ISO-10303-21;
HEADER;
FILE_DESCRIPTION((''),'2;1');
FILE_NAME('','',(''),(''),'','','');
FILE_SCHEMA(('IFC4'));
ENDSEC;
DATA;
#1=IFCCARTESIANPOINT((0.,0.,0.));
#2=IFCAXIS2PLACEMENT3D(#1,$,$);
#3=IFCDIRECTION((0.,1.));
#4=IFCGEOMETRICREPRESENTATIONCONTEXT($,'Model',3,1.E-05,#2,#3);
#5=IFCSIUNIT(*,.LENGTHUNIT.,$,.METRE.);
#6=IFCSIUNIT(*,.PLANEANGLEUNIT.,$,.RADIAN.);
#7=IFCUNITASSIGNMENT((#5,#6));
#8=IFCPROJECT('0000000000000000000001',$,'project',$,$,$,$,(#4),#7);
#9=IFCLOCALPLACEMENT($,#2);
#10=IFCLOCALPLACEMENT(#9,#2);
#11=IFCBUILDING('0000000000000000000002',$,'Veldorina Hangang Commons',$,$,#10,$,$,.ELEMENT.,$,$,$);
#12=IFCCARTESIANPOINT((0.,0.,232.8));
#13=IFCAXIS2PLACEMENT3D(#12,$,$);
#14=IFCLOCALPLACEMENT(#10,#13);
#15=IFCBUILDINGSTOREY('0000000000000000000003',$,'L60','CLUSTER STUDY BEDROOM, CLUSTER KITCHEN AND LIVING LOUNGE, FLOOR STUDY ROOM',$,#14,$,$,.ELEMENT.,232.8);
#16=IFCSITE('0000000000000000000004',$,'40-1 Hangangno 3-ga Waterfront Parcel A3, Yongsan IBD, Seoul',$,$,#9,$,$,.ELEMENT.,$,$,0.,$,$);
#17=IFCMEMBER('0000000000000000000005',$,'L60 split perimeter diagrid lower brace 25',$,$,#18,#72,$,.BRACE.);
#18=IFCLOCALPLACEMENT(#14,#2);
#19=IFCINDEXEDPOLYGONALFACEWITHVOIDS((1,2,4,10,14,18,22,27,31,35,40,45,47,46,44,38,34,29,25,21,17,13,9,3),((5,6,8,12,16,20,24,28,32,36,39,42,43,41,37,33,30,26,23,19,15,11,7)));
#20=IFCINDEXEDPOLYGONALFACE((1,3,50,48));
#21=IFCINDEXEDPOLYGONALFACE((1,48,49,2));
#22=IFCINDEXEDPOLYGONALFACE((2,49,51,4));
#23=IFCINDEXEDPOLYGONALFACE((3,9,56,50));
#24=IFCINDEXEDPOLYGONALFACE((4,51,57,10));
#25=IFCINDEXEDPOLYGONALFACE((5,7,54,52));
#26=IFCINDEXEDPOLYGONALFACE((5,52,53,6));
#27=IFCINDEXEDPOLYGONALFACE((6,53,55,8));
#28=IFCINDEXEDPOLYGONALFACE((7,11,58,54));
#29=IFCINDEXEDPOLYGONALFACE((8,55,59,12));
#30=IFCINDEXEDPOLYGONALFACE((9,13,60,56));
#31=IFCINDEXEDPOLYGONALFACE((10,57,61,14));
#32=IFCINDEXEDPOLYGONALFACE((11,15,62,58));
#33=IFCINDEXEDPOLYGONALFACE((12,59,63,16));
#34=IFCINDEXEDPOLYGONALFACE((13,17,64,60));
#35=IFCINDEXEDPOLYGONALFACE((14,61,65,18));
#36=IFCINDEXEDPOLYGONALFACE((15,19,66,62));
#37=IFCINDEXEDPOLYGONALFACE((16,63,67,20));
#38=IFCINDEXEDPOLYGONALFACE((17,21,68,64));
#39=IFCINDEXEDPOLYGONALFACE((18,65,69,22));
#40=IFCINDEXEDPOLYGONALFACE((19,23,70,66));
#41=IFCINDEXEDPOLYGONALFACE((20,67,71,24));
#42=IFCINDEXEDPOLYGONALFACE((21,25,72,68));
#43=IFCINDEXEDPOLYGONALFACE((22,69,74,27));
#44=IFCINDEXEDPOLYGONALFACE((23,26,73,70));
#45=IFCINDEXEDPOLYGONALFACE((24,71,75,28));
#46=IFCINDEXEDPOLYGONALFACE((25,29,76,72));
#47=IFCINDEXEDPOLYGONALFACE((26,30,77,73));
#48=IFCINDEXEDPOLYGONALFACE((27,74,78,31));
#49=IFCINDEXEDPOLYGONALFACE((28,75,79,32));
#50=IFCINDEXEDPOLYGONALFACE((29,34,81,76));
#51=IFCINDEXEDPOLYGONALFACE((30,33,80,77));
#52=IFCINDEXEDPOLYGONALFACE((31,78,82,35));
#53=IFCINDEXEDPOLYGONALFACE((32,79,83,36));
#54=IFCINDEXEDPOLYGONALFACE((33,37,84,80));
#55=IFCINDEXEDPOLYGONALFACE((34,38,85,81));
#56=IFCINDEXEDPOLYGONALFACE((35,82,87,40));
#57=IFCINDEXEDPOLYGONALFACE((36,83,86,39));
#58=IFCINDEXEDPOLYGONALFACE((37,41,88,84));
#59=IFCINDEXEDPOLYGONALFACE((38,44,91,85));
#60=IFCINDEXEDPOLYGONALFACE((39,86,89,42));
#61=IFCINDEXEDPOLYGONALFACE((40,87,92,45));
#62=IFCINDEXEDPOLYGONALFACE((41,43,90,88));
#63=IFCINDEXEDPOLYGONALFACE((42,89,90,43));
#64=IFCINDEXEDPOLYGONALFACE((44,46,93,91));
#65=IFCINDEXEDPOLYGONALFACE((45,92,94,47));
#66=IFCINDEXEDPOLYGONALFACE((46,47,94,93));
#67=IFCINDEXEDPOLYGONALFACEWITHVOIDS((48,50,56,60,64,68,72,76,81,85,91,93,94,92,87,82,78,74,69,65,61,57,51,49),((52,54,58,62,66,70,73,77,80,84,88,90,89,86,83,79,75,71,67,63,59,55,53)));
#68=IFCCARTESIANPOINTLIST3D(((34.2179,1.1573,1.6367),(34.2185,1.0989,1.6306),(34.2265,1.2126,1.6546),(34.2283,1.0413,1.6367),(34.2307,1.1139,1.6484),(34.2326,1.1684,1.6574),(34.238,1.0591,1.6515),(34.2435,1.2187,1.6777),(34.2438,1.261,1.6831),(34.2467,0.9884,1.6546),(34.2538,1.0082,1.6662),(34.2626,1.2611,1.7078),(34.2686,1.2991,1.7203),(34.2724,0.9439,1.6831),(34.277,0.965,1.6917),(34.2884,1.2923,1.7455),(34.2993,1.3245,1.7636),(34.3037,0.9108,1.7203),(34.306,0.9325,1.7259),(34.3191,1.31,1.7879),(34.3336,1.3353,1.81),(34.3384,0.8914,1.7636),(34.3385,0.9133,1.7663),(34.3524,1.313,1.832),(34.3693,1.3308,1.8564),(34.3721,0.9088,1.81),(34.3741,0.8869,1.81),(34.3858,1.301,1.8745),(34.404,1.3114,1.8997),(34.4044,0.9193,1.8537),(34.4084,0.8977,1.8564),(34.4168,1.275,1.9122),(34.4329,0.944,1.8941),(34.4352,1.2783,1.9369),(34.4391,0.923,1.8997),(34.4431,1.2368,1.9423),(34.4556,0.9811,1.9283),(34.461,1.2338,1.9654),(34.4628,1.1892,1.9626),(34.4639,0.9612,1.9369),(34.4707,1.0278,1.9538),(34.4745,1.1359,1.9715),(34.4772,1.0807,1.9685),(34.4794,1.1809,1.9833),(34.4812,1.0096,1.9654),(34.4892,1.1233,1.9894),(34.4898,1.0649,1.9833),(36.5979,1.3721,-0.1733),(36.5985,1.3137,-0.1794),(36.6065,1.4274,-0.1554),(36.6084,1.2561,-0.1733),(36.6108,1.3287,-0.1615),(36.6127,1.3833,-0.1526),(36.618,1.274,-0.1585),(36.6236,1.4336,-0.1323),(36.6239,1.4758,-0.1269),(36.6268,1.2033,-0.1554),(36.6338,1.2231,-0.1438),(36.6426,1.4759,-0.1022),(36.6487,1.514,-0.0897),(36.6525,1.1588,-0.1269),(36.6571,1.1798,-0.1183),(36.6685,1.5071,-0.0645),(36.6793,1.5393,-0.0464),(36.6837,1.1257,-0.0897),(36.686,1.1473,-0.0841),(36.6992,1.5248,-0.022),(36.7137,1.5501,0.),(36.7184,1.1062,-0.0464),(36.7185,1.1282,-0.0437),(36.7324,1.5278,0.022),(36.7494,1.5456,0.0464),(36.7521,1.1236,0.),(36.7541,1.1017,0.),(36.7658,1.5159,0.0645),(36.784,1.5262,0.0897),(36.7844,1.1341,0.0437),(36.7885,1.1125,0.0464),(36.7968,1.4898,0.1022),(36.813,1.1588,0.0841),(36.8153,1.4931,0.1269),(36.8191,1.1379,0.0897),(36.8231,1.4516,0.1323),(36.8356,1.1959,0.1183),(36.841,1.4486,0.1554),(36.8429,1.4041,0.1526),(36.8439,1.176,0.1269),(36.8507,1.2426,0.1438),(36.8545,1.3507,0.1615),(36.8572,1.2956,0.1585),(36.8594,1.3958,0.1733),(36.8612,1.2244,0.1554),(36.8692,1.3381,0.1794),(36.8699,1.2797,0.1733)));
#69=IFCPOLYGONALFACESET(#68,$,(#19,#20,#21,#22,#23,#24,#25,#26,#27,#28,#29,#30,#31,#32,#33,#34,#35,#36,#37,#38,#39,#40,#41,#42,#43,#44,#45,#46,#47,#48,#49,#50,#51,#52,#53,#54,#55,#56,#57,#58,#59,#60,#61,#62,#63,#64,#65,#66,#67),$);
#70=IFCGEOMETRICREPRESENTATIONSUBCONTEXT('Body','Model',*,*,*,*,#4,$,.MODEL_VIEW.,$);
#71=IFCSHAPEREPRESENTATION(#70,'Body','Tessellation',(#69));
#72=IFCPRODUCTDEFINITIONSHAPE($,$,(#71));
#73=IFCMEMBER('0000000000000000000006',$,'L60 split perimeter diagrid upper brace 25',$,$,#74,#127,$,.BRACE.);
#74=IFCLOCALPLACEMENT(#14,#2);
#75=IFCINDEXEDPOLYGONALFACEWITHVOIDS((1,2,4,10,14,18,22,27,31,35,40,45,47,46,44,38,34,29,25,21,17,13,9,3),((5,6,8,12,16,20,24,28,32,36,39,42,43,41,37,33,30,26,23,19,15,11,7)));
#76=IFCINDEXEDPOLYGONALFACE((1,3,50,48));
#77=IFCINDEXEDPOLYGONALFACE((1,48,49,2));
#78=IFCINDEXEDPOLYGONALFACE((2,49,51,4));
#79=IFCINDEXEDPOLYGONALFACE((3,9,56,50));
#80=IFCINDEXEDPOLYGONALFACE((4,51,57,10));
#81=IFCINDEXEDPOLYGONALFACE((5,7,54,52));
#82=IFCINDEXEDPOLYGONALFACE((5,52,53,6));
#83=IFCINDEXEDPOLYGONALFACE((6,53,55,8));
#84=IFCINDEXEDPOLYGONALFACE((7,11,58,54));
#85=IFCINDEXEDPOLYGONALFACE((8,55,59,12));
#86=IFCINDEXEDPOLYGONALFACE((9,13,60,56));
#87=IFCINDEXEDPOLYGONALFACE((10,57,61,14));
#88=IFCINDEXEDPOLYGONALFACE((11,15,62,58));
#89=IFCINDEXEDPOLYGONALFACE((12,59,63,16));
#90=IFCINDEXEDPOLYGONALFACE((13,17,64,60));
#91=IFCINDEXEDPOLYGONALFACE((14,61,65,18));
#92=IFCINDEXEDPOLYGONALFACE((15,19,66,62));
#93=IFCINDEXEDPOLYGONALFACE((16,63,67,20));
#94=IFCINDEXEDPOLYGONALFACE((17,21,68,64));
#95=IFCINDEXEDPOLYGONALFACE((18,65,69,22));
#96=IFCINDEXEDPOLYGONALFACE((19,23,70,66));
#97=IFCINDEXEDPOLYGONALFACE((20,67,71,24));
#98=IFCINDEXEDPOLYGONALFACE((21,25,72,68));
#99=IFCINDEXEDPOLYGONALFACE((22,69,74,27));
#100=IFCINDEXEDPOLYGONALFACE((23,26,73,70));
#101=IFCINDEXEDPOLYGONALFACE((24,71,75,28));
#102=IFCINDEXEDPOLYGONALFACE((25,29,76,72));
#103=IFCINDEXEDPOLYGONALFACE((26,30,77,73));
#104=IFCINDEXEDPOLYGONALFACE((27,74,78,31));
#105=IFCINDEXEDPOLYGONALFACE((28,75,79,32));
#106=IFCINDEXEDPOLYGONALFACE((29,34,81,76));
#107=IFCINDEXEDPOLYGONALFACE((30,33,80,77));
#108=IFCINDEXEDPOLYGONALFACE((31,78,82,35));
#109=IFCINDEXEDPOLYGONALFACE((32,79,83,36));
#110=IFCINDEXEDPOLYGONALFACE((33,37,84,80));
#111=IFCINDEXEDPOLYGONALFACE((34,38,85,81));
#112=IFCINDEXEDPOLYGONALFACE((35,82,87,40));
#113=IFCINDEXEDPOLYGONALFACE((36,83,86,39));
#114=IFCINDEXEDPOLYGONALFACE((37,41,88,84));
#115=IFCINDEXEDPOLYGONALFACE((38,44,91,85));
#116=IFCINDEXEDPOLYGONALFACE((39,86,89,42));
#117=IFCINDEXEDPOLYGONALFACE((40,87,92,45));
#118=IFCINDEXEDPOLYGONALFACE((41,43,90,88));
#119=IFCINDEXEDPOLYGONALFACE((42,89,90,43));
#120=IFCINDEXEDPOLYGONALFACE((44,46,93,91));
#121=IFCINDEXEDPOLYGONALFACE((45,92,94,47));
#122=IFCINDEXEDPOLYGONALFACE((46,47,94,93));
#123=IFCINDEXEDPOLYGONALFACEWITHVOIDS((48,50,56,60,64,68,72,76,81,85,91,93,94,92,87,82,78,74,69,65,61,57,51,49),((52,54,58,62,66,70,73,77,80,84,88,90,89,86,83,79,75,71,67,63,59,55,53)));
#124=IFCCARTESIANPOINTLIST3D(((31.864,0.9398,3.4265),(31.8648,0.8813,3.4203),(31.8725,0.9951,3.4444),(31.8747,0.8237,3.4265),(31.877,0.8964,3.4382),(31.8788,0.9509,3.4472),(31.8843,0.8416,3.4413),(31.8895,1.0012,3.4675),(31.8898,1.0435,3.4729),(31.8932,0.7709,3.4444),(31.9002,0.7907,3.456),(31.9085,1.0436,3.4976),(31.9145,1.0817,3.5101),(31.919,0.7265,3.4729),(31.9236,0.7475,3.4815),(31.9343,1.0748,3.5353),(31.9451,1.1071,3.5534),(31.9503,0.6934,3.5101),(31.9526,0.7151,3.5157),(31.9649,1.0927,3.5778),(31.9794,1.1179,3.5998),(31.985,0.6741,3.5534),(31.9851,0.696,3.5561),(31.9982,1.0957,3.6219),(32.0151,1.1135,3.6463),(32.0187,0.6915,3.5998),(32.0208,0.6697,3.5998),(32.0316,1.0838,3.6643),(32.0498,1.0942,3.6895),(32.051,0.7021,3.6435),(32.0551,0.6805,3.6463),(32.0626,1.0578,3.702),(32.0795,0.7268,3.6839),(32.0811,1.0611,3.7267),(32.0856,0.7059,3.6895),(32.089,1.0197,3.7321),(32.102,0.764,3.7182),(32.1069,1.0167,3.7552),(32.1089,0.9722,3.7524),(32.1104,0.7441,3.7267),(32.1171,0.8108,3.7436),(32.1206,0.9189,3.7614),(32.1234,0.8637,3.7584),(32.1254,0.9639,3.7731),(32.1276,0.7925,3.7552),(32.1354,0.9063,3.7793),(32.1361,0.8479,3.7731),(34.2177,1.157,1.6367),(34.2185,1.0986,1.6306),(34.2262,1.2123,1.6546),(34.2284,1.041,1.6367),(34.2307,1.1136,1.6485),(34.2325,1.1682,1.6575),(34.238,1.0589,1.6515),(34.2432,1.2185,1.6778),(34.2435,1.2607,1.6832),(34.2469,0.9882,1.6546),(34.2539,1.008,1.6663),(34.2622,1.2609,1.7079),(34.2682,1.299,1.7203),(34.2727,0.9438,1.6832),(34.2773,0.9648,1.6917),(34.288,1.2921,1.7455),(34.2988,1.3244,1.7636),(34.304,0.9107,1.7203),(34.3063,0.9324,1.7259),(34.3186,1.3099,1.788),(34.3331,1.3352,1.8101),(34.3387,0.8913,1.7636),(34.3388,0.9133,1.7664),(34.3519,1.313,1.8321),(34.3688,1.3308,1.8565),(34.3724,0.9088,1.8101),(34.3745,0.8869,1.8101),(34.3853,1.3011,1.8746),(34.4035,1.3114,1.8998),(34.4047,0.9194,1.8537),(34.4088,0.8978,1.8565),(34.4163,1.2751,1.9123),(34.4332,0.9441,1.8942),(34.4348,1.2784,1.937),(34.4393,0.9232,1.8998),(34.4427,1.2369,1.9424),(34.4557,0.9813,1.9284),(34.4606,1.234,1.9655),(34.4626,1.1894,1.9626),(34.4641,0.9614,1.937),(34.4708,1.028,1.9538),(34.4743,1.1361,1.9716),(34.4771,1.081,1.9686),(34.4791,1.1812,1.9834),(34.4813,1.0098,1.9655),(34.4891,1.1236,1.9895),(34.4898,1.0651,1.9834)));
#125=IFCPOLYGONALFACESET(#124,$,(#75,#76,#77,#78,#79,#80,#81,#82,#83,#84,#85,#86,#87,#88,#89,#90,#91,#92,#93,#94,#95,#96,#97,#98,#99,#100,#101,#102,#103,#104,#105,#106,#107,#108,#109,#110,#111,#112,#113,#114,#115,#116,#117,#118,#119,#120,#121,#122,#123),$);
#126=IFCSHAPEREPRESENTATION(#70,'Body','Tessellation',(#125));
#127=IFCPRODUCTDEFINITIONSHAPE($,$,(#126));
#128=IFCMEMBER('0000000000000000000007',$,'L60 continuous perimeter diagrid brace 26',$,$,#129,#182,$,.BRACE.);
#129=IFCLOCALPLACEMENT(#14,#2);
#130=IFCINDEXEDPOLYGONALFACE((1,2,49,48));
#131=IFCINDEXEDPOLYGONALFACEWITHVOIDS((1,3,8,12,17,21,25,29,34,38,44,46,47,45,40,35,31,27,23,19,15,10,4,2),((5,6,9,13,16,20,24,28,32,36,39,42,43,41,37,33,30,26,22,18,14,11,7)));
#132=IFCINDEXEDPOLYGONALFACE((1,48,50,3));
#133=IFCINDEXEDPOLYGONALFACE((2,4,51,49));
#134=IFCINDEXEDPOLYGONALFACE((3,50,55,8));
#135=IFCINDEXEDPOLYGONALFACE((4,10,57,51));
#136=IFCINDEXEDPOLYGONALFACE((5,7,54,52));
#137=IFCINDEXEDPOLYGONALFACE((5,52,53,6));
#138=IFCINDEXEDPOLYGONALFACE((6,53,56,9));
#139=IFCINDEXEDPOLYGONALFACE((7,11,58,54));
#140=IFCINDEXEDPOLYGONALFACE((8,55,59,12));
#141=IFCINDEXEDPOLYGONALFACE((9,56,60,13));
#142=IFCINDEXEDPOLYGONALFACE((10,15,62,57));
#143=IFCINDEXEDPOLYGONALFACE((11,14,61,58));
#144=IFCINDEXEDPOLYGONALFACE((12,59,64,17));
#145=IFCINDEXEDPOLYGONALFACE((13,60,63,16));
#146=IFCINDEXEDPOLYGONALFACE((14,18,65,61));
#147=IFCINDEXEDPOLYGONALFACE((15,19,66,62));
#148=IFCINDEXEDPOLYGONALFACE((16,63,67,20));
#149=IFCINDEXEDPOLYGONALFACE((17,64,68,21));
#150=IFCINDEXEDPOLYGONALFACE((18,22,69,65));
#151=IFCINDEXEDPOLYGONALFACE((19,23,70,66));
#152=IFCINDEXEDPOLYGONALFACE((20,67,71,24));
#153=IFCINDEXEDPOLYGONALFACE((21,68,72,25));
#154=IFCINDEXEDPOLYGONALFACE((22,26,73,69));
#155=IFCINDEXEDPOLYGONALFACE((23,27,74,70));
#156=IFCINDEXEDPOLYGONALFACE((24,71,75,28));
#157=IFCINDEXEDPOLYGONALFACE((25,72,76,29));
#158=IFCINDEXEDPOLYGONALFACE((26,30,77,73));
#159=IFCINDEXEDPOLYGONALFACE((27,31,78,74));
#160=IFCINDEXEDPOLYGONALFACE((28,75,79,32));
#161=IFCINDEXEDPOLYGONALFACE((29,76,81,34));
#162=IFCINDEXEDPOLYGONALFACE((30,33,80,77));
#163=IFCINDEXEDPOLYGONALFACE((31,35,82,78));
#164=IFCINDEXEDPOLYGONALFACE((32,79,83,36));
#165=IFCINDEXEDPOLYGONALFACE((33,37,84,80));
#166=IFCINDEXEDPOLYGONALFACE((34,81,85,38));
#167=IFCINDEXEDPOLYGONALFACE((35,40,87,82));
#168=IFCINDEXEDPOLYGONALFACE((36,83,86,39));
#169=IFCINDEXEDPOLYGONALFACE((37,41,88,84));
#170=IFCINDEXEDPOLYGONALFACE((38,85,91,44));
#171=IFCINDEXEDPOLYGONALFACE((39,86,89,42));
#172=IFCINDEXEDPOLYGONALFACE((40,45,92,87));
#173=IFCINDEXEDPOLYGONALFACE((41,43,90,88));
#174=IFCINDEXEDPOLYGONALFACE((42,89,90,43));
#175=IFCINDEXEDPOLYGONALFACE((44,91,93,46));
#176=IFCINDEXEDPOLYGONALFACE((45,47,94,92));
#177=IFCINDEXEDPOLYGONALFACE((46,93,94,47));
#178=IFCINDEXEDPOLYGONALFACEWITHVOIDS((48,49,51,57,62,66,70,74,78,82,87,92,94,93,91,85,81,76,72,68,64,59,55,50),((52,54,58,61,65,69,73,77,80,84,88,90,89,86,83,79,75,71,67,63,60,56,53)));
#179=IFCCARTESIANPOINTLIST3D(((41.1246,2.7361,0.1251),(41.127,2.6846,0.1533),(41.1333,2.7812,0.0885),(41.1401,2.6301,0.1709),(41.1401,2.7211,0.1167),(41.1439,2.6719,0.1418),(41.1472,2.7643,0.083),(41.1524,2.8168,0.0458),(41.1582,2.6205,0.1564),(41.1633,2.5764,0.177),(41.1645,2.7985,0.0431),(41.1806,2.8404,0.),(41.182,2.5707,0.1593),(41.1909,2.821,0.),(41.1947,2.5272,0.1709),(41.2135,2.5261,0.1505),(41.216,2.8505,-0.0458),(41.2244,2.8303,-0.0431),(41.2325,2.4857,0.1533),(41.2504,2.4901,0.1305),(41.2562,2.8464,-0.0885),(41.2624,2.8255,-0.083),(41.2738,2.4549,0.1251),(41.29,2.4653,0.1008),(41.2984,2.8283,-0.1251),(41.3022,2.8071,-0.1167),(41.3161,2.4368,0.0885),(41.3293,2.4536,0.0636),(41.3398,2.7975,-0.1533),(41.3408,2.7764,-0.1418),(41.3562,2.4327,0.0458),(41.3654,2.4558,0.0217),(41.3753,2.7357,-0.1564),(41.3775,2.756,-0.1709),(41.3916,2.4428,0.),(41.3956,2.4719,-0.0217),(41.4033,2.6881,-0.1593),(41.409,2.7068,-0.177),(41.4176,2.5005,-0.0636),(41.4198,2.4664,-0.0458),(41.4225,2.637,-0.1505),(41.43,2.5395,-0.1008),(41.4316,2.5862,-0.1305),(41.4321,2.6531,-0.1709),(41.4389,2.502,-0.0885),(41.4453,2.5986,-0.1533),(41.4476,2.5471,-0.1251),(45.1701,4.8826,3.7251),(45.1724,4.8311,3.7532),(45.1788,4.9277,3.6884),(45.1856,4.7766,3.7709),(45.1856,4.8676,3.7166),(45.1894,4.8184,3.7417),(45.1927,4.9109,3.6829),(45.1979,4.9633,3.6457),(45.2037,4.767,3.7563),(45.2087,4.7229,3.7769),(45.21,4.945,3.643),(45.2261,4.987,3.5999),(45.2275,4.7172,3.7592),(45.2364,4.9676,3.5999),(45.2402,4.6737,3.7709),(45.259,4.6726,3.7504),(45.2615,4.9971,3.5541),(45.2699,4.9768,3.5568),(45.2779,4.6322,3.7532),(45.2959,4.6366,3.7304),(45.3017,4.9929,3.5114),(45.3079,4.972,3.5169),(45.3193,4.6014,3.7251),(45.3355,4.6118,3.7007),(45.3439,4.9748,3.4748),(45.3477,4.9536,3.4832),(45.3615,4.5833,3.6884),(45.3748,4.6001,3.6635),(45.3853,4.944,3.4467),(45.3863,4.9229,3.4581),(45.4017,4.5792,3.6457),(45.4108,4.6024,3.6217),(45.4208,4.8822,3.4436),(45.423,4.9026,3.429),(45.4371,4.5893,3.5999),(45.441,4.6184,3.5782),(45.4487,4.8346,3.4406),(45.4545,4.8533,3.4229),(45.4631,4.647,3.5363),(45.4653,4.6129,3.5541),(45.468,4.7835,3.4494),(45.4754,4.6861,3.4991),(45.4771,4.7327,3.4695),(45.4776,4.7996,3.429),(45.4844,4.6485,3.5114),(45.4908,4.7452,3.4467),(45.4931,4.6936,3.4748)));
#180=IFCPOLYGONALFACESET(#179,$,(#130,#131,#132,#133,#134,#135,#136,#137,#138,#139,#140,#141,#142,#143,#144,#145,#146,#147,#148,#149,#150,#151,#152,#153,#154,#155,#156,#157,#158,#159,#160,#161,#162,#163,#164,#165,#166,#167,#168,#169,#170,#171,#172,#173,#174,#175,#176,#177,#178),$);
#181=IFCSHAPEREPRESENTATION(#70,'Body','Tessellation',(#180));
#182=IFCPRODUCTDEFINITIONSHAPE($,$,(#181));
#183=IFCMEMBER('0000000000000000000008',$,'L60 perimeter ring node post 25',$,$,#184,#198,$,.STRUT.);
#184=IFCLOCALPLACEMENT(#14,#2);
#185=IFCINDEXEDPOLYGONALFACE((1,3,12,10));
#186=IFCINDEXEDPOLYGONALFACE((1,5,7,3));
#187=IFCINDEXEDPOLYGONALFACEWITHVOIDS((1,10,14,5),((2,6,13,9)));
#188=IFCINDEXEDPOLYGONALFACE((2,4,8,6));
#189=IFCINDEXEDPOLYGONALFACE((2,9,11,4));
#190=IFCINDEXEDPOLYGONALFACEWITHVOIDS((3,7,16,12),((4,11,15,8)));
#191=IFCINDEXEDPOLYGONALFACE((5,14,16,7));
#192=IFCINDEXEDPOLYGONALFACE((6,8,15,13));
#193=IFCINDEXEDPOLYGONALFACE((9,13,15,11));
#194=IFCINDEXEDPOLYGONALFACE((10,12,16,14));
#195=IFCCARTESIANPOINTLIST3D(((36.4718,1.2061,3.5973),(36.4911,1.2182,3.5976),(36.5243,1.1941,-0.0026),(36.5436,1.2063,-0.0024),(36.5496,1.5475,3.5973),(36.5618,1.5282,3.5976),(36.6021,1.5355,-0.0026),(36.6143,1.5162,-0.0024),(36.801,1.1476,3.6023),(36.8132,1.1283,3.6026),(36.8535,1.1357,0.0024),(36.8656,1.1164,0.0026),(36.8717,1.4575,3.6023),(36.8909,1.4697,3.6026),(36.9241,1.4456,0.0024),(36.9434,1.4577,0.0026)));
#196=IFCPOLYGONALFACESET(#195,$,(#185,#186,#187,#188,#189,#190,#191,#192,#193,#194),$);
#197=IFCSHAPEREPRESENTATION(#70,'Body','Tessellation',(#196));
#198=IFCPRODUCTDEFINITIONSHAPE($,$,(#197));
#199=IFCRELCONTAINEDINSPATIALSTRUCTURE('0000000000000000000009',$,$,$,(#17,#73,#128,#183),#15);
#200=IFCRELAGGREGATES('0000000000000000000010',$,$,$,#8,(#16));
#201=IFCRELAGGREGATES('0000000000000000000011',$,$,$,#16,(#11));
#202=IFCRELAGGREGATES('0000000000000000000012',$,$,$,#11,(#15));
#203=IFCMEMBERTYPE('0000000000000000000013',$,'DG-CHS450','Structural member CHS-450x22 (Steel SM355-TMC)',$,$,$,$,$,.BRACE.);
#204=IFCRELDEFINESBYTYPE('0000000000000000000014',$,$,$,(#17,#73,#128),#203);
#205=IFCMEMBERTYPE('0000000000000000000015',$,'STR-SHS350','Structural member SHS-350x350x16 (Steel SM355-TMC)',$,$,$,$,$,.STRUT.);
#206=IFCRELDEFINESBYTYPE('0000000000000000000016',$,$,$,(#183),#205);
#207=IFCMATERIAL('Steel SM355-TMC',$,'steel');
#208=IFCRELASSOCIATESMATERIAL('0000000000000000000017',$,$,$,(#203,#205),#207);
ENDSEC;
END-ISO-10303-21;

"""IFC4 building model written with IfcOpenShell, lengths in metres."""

from ifc_helpers import new_model, si_unit, direction, frame, origin, origin_2d, place, context, subcontext, project, spatial, hollow_rectangle, hollow_circle, extrude, material, material_profile, profile_set, type_object, element, save


model = new_model("IFC4")

# Units and contexts
model_context = context("Model", 3, precision=1e-05, world=origin(), true_north=direction((0.0, 1.0)))
body_context = subcontext(model_context, "Body", "Model", "MODEL_VIEW")
ifc_project = project(units=[si_unit("LENGTHUNIT", "METRE"), si_unit("PLANEANGLEUNIT", "RADIAN")], contexts=[model_context])

# Site, building, storey
site_placement = place(None, origin())
site = spatial("IfcSite", under=ifc_project, at=site_placement, Name="40-1 Hangangno 3-ga Waterfront Parcel A3, Yongsan IBD, Seoul", CompositionType="ELEMENT", RefElevation=0.0)
building_placement = place(site_placement, origin())
building = spatial("IfcBuilding", under=site, at=building_placement, Name="Veldorina Hangang Commons", CompositionType="ELEMENT")
storey_placement = place(building_placement, frame((0.0, 0.0, 232.8)))
storey = spatial("IfcBuildingStorey", under=building, at=storey_placement, Name="L60", Description="CLUSTER STUDY BEDROOM, CLUSTER KITCHEN AND LIVING LOUNGE, FLOOR STUDY ROOM", CompositionType="ELEMENT", Elevation=232.8)

# Shared definitions
ifc_material_1 = material(Name="Steel SM355-TMC", Category="steel")

# Members
ifc_material_profile_1 = material_profile(ifc_material_1, hollow_circle(Radius=0.2251, WallThickness=0.022, at=origin_2d()), Name="CHS-450x22")
ifc_profile_set_1 = profile_set([ifc_material_profile_1], Name="Steel SM355-TMC")
member_type_1 = type_object("IfcMemberType", Name="DG-CHS450", Description="Structural member CHS-450x22 (Steel SM355-TMC)", PredefinedType="BRACE", material=ifc_profile_set_1)
member_1_placement = place(storey_placement, frame((36.7339, 1.3259, 0.0), z_axis=(-0.793928, -0.071664, 0.603773), x_axis=(0.0899, -0.995951, 0.0)))
element("IfcMember", 1, at=member_1_placement, inside=storey, type_object=member_type_1, Name="L60 split perimeter diagrid lower brace 25", PredefinedType="BRACE", context=body_context, shape_type="SweptSolid", body=[
    extrude(hollow_circle(Radius=0.2251, WallThickness=0.022, at=origin_2d()), origin(), (0.0, 0.0, 1.0), 2.9978),
])
member_2_placement = place(storey_placement, frame((34.3538, 1.1111, 1.8101), z_axis=(-0.793869, -0.073285, 0.603657), x_axis=(0.091923, -0.995766, 0.0)))
element("IfcMember", 2, at=member_2_placement, inside=storey, type_object=member_type_1, Name="L60 split perimeter diagrid upper brace 25", PredefinedType="BRACE", context=body_context, shape_type="SweptSolid", body=[
    extrude(hollow_circle(Radius=0.2251, WallThickness=0.022, at=origin_2d()), origin(), (0.0, 0.0, 1.0), 2.9648),
])
member_3_placement = place(storey_placement, frame((41.2861, 2.6416, 0.0), z_axis=(0.69448, 0.368489, 0.617991), x_axis=(-0.468706, 0.883354, 0.0)))
element("IfcMember", 3, at=member_3_placement, inside=storey, type_object=member_type_1, Name="L60 continuous perimeter diagrid brace 26", PredefinedType="BRACE", context=body_context, shape_type="SweptSolid", body=[
    extrude(hollow_circle(Radius=0.2251, WallThickness=0.022, at=origin_2d()), origin(), (0.0, 0.0, 1.0), 5.8252),
])
ifc_material_profile_2 = material_profile(ifc_material_1, hollow_rectangle(XDim=0.3501, YDim=0.3501, WallThickness=0.0161, at=origin_2d()), Name="SHS-350x350x16")
ifc_profile_set_2 = profile_set([ifc_material_profile_2], Name="Steel SM355-TMC")
member_type_2 = type_object("IfcMemberType", Name="STR-SHS350", Description="Structural member SHS-350x350x16 (Steel SM355-TMC)", PredefinedType="STRUT", material=ifc_profile_set_2)
member_4_placement = place(storey_placement, frame((36.7339, 1.3259, 0.0), z_axis=(-0.01458, 0.003323, 0.999888), x_axis=(-0.222209, -0.974999, 0.0)))
element("IfcMember", 4, at=member_4_placement, inside=storey, type_object=member_type_2, Name="L60 perimeter ring node post 25", PredefinedType="STRUT", context=body_context, shape_type="SweptSolid", body=[
    extrude(hollow_rectangle(XDim=0.3501, YDim=0.3501, WallThickness=0.0161, at=origin_2d()), origin(), (0.0, 0.0, 1.0), 3.6003),
])

save(model, "model.ifc")
